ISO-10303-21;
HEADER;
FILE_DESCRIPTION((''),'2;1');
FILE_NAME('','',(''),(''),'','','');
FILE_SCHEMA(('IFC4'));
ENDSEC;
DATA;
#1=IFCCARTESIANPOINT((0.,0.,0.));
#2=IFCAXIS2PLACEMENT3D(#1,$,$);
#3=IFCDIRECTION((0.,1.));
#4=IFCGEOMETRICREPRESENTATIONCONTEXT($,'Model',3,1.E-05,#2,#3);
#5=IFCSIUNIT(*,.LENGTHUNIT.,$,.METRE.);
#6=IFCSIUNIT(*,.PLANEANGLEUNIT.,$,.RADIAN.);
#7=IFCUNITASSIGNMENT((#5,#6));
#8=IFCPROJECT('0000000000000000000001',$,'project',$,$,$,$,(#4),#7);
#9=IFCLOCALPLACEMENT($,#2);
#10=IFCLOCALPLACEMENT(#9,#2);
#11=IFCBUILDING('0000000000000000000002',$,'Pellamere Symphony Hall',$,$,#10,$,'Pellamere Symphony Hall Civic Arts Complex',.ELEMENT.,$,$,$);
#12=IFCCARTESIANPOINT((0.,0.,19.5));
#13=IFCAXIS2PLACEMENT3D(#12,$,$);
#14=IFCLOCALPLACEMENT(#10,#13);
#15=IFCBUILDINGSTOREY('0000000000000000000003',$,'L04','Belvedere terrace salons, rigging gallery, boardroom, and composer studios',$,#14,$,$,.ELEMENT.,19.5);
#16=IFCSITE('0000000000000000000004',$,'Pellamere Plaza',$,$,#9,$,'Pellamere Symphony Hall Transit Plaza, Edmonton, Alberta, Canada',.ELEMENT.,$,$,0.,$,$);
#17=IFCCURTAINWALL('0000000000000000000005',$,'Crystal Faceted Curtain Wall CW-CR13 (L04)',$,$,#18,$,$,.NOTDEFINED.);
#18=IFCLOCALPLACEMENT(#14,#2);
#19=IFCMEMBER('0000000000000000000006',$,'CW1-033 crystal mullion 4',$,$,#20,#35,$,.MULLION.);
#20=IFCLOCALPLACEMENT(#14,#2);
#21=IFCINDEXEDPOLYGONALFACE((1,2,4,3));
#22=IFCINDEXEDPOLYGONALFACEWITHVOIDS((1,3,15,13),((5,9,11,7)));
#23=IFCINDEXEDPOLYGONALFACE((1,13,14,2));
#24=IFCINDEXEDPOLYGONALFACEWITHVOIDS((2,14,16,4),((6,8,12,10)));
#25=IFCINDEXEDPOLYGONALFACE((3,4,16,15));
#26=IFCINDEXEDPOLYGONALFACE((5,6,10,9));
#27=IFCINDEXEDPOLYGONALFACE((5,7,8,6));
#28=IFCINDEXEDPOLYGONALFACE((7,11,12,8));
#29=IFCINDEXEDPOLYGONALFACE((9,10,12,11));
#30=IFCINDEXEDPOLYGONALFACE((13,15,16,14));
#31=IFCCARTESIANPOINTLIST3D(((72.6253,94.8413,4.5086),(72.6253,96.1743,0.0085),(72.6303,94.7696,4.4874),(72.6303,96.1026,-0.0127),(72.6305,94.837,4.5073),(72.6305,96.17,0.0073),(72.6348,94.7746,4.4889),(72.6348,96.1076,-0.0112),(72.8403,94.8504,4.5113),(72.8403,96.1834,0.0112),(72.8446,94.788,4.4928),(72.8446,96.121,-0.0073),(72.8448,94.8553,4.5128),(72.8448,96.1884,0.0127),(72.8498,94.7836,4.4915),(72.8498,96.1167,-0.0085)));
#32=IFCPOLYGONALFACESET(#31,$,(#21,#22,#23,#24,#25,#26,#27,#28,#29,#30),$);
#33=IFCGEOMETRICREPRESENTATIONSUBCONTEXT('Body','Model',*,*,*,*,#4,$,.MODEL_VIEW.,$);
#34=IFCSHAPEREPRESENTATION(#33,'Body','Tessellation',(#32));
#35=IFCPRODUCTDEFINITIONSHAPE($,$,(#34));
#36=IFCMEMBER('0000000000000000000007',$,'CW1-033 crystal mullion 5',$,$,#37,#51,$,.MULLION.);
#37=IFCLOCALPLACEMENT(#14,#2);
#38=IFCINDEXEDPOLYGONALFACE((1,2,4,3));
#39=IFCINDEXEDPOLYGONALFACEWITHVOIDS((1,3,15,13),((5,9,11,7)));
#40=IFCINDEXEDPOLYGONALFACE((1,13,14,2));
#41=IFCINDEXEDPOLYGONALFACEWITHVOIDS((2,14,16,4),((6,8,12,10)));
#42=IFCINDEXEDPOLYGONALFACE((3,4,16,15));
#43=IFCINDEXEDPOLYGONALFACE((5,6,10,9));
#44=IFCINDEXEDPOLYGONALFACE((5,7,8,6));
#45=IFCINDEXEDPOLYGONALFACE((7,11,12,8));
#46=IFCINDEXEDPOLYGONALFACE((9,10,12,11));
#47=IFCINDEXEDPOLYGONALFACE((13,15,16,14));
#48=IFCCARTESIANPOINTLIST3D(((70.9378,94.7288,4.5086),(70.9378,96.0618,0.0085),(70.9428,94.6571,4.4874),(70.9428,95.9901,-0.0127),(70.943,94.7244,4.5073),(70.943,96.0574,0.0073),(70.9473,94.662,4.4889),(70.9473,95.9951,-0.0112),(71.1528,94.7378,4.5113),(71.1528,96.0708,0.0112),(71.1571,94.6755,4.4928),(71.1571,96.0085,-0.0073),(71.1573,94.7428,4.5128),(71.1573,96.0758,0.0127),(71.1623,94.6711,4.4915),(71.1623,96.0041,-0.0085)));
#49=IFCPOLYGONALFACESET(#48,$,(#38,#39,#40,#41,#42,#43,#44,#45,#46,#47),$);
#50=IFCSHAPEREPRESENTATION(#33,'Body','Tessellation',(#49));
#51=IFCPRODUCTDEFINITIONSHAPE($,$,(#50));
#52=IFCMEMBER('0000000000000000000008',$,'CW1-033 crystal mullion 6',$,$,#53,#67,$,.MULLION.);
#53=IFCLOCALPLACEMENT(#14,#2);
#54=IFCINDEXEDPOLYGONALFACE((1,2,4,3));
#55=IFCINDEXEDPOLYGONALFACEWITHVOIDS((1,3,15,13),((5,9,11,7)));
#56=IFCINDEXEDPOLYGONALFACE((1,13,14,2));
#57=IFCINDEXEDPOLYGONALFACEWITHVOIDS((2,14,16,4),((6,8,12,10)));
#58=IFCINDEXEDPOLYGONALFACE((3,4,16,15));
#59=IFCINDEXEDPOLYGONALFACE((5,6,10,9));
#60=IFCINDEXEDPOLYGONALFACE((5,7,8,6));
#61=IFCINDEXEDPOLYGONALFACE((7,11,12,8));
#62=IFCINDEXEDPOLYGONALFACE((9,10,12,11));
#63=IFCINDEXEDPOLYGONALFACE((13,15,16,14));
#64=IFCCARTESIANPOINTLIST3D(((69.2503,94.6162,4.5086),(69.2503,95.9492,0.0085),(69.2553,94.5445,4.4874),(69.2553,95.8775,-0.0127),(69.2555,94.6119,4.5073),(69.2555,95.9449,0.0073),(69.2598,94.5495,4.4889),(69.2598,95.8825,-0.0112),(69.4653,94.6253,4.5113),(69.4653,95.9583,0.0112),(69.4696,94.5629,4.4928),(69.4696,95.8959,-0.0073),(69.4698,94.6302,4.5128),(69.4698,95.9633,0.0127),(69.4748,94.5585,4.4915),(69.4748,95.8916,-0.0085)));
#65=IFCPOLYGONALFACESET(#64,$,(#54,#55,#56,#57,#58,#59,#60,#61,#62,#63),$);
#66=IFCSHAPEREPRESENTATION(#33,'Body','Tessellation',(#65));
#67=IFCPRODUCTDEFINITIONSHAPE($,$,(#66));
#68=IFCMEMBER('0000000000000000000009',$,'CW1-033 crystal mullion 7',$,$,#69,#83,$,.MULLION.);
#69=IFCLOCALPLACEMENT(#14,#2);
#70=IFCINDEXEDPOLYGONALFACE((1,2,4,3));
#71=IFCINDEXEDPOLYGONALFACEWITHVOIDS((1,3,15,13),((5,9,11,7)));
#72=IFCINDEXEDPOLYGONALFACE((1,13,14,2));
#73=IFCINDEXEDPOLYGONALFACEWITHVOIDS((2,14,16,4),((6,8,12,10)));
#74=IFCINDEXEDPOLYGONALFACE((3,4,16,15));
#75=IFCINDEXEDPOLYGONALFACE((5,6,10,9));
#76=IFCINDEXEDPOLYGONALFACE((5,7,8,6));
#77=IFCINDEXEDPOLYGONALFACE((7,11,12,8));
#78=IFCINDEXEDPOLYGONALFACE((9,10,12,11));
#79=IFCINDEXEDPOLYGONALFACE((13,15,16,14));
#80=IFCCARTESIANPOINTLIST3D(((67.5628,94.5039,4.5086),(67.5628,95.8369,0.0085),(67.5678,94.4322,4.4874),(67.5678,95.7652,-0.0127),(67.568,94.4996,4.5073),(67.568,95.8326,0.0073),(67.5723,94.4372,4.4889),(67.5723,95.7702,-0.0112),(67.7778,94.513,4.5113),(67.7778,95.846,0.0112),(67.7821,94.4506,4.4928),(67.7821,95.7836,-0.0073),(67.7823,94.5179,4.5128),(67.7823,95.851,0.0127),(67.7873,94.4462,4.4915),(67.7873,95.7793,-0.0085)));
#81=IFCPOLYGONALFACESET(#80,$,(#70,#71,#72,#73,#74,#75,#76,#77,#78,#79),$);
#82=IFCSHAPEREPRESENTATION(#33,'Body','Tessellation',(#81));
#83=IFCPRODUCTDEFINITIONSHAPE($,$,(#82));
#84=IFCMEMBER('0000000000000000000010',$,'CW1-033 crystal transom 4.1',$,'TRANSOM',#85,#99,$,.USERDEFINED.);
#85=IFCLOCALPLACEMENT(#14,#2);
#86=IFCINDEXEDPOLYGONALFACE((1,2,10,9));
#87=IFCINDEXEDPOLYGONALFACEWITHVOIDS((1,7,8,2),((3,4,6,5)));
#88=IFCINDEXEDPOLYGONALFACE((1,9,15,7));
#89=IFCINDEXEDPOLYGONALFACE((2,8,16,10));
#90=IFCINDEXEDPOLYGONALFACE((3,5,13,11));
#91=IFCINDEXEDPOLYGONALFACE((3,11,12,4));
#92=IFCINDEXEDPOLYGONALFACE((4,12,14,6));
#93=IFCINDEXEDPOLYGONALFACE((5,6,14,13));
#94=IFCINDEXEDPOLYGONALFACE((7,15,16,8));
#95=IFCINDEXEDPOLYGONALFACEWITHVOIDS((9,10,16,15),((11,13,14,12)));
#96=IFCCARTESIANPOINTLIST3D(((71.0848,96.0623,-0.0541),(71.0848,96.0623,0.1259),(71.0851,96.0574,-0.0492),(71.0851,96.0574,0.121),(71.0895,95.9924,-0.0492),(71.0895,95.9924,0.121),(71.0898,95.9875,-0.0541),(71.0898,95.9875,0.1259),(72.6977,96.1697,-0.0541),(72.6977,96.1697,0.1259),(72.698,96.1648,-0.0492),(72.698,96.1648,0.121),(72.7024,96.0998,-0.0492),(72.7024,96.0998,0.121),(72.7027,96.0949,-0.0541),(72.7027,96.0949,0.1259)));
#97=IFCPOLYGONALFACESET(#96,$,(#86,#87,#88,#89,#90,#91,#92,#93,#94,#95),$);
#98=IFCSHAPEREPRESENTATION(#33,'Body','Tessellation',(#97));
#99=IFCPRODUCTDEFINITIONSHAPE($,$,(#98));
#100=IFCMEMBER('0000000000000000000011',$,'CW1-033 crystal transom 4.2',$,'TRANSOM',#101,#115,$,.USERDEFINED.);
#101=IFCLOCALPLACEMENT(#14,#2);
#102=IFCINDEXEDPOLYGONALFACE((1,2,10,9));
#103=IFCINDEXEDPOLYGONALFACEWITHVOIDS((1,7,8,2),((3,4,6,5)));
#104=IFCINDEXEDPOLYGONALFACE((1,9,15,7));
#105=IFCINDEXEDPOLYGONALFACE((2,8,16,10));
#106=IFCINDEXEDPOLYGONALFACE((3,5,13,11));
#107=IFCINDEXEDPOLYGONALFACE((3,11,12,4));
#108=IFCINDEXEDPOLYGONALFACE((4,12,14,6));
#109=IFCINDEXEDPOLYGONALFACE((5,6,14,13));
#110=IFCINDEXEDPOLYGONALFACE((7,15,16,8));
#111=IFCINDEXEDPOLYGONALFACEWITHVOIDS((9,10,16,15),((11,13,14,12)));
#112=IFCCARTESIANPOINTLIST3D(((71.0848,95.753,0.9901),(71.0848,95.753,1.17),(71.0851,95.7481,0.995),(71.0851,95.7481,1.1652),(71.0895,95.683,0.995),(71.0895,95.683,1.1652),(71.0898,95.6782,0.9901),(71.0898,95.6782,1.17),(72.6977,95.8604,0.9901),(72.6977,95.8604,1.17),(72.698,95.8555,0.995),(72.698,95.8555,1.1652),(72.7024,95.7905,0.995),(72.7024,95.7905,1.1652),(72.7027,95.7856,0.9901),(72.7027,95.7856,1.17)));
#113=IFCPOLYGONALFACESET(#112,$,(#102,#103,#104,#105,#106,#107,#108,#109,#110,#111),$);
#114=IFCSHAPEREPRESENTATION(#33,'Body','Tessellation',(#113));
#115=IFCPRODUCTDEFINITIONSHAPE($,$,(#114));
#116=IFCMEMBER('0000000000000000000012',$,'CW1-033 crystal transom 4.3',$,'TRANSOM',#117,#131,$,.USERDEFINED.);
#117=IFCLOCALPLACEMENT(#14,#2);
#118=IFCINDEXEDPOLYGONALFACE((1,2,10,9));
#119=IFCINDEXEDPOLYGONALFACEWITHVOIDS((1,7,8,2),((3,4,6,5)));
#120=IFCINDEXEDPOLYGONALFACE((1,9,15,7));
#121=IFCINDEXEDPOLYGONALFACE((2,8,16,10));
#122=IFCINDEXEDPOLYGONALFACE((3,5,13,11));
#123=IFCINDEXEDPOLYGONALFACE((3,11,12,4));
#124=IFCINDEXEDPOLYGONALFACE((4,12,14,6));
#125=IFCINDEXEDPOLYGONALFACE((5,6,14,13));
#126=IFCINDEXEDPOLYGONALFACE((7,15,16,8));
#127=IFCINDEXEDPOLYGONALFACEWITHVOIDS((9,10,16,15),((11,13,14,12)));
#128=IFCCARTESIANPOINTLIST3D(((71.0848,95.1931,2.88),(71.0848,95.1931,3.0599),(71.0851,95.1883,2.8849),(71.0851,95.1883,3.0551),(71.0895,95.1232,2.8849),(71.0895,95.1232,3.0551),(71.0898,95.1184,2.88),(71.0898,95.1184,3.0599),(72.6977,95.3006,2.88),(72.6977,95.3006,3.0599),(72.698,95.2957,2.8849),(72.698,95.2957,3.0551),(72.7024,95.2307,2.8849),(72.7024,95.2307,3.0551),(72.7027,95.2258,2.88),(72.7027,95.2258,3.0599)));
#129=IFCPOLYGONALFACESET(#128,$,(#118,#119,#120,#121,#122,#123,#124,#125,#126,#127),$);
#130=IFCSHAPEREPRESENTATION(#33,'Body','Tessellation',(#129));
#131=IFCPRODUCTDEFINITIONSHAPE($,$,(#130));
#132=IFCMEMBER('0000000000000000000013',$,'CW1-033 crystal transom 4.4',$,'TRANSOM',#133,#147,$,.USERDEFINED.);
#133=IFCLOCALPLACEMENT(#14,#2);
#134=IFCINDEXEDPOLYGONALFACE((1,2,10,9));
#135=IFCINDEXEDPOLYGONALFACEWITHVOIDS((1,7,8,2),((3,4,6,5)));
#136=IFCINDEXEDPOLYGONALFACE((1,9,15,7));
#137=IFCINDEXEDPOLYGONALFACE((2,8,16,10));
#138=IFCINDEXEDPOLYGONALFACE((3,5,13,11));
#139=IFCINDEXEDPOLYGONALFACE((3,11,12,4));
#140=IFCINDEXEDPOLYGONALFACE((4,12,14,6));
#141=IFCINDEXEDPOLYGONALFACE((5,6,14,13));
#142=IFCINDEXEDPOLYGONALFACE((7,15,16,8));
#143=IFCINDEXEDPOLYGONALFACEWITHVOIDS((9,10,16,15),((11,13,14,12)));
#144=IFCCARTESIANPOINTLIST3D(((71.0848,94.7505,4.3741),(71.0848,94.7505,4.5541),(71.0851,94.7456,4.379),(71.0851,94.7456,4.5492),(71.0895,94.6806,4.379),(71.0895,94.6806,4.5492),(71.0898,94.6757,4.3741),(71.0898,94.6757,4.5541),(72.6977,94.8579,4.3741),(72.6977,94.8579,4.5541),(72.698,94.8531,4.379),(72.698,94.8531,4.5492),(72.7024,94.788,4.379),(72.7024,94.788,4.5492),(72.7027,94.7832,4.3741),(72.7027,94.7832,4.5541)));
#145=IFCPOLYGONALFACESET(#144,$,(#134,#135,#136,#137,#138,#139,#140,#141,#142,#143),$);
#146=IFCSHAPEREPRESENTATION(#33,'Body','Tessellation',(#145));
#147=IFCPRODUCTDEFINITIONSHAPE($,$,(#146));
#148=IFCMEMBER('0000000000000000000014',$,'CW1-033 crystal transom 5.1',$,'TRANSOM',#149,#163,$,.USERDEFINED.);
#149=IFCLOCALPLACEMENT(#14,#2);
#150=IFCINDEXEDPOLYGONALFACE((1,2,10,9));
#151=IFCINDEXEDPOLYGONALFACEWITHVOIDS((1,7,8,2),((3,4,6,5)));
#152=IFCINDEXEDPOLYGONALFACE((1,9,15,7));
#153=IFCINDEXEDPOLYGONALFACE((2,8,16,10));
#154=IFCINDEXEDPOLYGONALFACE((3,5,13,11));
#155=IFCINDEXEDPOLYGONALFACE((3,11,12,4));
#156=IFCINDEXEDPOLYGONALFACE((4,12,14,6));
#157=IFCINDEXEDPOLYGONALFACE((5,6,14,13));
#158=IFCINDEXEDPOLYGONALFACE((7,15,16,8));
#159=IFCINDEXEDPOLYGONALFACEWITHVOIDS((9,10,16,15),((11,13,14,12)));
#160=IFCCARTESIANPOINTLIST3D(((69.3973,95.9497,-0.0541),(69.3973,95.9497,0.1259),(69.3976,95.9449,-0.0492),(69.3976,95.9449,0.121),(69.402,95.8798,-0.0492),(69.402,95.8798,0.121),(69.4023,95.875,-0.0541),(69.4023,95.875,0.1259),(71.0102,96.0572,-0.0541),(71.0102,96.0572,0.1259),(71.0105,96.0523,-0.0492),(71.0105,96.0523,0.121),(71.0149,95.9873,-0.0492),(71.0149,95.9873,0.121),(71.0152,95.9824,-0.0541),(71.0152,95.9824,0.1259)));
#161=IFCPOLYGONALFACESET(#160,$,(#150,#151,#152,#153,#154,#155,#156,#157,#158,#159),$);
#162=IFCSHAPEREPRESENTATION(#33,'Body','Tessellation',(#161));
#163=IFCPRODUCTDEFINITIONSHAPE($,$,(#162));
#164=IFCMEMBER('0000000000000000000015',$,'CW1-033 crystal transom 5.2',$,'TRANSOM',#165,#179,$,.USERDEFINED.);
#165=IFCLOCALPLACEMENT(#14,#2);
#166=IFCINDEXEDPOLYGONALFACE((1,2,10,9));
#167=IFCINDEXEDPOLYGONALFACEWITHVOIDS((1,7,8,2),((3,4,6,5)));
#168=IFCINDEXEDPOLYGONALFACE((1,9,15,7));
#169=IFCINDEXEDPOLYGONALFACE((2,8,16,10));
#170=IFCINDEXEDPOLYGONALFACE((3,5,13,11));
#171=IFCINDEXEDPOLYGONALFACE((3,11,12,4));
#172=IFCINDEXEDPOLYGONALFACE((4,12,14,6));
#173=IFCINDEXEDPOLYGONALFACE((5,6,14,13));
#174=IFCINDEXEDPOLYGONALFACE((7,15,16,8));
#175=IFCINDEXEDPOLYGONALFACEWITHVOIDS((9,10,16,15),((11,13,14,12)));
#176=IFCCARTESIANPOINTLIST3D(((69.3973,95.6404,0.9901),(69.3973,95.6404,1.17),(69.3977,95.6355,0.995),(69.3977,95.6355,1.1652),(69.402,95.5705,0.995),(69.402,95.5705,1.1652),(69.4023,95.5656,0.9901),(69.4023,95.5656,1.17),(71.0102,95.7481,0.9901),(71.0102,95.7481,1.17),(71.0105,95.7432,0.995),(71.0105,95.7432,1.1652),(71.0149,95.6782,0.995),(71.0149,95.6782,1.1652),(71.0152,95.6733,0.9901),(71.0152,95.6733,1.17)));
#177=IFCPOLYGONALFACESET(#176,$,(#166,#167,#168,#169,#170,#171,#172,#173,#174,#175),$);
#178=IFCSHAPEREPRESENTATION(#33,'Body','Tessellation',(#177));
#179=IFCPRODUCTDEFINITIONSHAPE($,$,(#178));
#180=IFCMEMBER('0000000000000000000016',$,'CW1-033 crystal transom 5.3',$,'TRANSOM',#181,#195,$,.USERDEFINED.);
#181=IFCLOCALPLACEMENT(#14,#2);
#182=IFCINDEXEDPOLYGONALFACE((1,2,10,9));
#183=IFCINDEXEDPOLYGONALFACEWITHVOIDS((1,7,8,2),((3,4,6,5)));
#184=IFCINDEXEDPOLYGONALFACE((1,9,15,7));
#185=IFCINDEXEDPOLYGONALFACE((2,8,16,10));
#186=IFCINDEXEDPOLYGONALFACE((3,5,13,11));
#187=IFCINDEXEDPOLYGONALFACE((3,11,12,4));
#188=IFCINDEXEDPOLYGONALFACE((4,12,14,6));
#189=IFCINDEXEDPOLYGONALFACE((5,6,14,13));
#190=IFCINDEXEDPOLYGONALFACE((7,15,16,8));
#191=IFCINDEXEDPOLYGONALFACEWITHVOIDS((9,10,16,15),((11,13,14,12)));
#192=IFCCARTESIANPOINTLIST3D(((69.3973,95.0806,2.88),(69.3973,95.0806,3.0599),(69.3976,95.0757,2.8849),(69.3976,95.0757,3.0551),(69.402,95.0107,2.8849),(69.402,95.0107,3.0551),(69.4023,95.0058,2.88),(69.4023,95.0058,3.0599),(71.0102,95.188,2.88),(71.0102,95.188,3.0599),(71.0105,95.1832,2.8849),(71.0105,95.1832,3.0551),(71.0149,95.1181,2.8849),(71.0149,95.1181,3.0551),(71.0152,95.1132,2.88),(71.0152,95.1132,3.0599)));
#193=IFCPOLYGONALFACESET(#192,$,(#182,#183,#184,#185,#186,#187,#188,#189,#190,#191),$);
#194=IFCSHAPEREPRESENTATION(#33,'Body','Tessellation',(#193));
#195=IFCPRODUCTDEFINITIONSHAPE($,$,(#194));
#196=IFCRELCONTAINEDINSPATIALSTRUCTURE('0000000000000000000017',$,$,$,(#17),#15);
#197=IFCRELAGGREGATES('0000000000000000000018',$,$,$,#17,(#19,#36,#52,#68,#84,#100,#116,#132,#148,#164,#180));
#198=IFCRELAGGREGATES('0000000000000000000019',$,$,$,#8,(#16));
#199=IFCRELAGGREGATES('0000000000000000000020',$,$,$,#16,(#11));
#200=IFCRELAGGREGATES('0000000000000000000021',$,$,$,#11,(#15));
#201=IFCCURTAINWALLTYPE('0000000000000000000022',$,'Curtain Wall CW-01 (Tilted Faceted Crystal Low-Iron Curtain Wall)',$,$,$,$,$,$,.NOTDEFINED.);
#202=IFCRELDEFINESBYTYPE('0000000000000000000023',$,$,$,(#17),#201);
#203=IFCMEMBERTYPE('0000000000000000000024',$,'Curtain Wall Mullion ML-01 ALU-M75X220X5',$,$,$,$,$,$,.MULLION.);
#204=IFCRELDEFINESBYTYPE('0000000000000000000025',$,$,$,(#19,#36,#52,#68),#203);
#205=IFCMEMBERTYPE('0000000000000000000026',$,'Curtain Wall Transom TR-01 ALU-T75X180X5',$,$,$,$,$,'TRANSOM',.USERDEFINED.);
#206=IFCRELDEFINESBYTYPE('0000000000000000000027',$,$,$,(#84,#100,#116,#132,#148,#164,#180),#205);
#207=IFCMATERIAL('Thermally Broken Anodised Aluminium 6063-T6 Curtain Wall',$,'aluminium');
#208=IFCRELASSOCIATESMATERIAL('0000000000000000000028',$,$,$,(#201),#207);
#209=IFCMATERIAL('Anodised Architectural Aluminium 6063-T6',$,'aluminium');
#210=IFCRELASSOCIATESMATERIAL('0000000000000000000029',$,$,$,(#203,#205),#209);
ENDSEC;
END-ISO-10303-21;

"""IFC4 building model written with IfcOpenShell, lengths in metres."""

from ifc_helpers import new_model, si_unit, direction, frame, origin, origin_2d, place, context, subcontext, project, spatial, hollow_rectangle, extrude, material, material_profile, profile_set, type_object, element, aggregate, save


model = new_model("IFC4")

# Units and contexts
model_context = context("Model", 3, precision=1e-05, world=origin(), true_north=direction((0.0, 1.0)))
body_context = subcontext(model_context, "Body", "Model", "MODEL_VIEW")
ifc_project = project(units=[si_unit("LENGTHUNIT", "METRE"), si_unit("PLANEANGLEUNIT", "RADIAN")], contexts=[model_context])

# Site, building, storey
site_placement = place(None, origin())
site = spatial("IfcSite", under=ifc_project, at=site_placement, Name="Pellamere Plaza", LongName="Pellamere Symphony Hall Transit Plaza, Edmonton, Alberta, Canada", CompositionType="ELEMENT", RefElevation=0.0)
building_placement = place(site_placement, origin())
building = spatial("IfcBuilding", under=site, at=building_placement, Name="Pellamere Symphony Hall", LongName="Pellamere Symphony Hall Civic Arts Complex", CompositionType="ELEMENT")
storey_placement = place(building_placement, frame((0.0, 0.0, 19.5)))
storey = spatial("IfcBuildingStorey", under=building, at=storey_placement, Name="L04", Description="Belvedere terrace salons, rigging gallery, boardroom, and composer studios", CompositionType="ELEMENT", Elevation=19.5)

# Curtain wall, members
ifc_material_1 = material(Name="Thermally Broken Anodised Aluminium 6063-T6 Curtain Wall", Category="aluminium")
curtain_wall_type = type_object("IfcCurtainWallType", Name="Curtain Wall CW-01 (Tilted Faceted Crystal Low-Iron Curtain Wall)", PredefinedType="NOTDEFINED", material=ifc_material_1)
curtain_wall_placement = place(storey_placement, origin())
curtain_wall = element("IfcCurtainWall", 1, at=curtain_wall_placement, inside=storey, type_object=curtain_wall_type, Name="Crystal Faceted Curtain Wall CW-CR13 (L04)", PredefinedType="NOTDEFINED")
ifc_material_2 = material(Name="Anodised Architectural Aluminium 6063-T6", Category="aluminium")
ifc_material_profile_1 = material_profile(ifc_material_2, hollow_rectangle(XDim=0.075, YDim=0.22, WallThickness=0.0049, at=origin_2d()), Name="ALU-M75X220X5")
ifc_profile_set_1 = profile_set([ifc_material_profile_1], Name="Anodised Architectural Aluminium 6063-T6")
member_type_1 = type_object("IfcMemberType", Name="Curtain Wall Mullion ML-01 ALU-M75X220X5", PredefinedType="MULLION", material=ifc_profile_set_1)
member_1_placement = place(storey_placement, frame((72.7375, 96.1455, 0.0), z_axis=(0.0, -0.284025, 0.958817), x_axis=(0.066519, -0.956693, -0.283395)))
member_1 = element("IfcMember", 2, at=member_1_placement, type_object=member_type_1, Name="CW1-033 crystal mullion 4", PredefinedType="MULLION", context=body_context, shape_type="SweptSolid", body=[
    extrude(hollow_rectangle(XDim=0.075, YDim=0.22, WallThickness=0.0049, at=origin_2d()), origin(), (0.0, 0.0, 1.0), 4.6934),
])
member_2_placement = place(storey_placement, frame((71.05, 96.033, 0.0), z_axis=(0.0, -0.284025, 0.958817), x_axis=(0.066519, -0.956693, -0.283395)))
member_2 = element("IfcMember", 3, at=member_2_placement, type_object=member_type_1, Name="CW1-033 crystal mullion 5", PredefinedType="MULLION", context=body_context, shape_type="SweptSolid", body=[
    extrude(hollow_rectangle(XDim=0.075, YDim=0.22, WallThickness=0.0049, at=origin_2d()), origin(), (0.0, 0.0, 1.0), 4.6934),
])
member_3_placement = place(storey_placement, frame((69.3625, 95.9204, 0.0), z_axis=(0.0, -0.284025, 0.958817), x_axis=(0.066519, -0.956693, -0.283395)))
member_3 = element("IfcMember", 4, at=member_3_placement, type_object=member_type_1, Name="CW1-033 crystal mullion 6", PredefinedType="MULLION", context=body_context, shape_type="SweptSolid", body=[
    extrude(hollow_rectangle(XDim=0.075, YDim=0.22, WallThickness=0.0049, at=origin_2d()), origin(), (0.0, 0.0, 1.0), 4.6934),
])
member_4_placement = place(storey_placement, frame((67.675, 95.8081, 0.0), z_axis=(0.0, -0.284025, 0.958817), x_axis=(0.066519, -0.956693, -0.283395)))
member_4 = element("IfcMember", 5, at=member_4_placement, type_object=member_type_1, Name="CW1-033 crystal mullion 7", PredefinedType="MULLION", context=body_context, shape_type="SweptSolid", body=[
    extrude(hollow_rectangle(XDim=0.075, YDim=0.22, WallThickness=0.0049, at=origin_2d()), origin(), (0.0, 0.0, 1.0), 4.6934),
])
ifc_material_profile_2 = material_profile(ifc_material_2, hollow_rectangle(XDim=0.075, YDim=0.1799, WallThickness=0.0049, at=origin_2d()), Name="ALU-T75X180X5")
ifc_profile_set_2 = profile_set([ifc_material_profile_2], Name="Anodised Architectural Aluminium 6063-T6")
member_type_2 = type_object("IfcMemberType", Name="Curtain Wall Transom TR-01 ALU-T75X180X5", ElementType="TRANSOM", PredefinedType="USERDEFINED", material=ifc_profile_set_2)
member_5_placement = place(storey_placement, frame((72.7002, 96.1323, 0.0359), z_axis=(-0.997789, -0.066459, 0.0), x_axis=(0.066459, -0.997789, 0.0)))
member_5 = element("IfcMember", 6, at=member_5_placement, type_object=member_type_2, Name="CW1-033 crystal transom 4.1", ObjectType="TRANSOM", PredefinedType="USERDEFINED", context=body_context, shape_type="SweptSolid", body=[
    extrude(hollow_rectangle(XDim=0.075, YDim=0.1799, WallThickness=0.0049, at=origin_2d()), origin(), (0.0, 0.0, 1.0), 1.6165),
])
member_6_placement = place(storey_placement, frame((72.7002, 95.823, 1.0801), z_axis=(-0.997789, -0.066459, 0.0), x_axis=(0.066459, -0.997789, 0.0)))
member_6 = element("IfcMember", 7, at=member_6_placement, type_object=member_type_2, Name="CW1-033 crystal transom 4.2", ObjectType="TRANSOM", PredefinedType="USERDEFINED", context=body_context, shape_type="SweptSolid", body=[
    extrude(hollow_rectangle(XDim=0.075, YDim=0.1799, WallThickness=0.0049, at=origin_2d()), origin(), (0.0, 0.0, 1.0), 1.6165),
])
member_7_placement = place(storey_placement, frame((72.7002, 95.2632, 2.97), z_axis=(-0.997789, -0.066459, 0.0), x_axis=(0.066459, -0.997789, 0.0)))
member_7 = element("IfcMember", 8, at=member_7_placement, type_object=member_type_2, Name="CW1-033 crystal transom 4.3", ObjectType="TRANSOM", PredefinedType="USERDEFINED", context=body_context, shape_type="SweptSolid", body=[
    extrude(hollow_rectangle(XDim=0.075, YDim=0.1799, WallThickness=0.0049, at=origin_2d()), origin(), (0.0, 0.0, 1.0), 1.6165),
])
member_8_placement = place(storey_placement, frame((72.7002, 94.8206, 4.4641), z_axis=(-0.997789, -0.066459, 0.0), x_axis=(0.066459, -0.997789, 0.0)))
member_8 = element("IfcMember", 9, at=member_8_placement, type_object=member_type_2, Name="CW1-033 crystal transom 4.4", ObjectType="TRANSOM", PredefinedType="USERDEFINED", context=body_context, shape_type="SweptSolid", body=[
    extrude(hollow_rectangle(XDim=0.075, YDim=0.1799, WallThickness=0.0049, at=origin_2d()), origin(), (0.0, 0.0, 1.0), 1.6165),
])
member_9_placement = place(storey_placement, frame((71.0127, 96.0198, 0.0359), z_axis=(-0.997789, -0.066459, 0.0), x_axis=(0.066459, -0.997789, 0.0)))
member_9 = element("IfcMember", 10, at=member_9_placement, type_object=member_type_2, Name="CW1-033 crystal transom 5.1", ObjectType="TRANSOM", PredefinedType="USERDEFINED", context=body_context, shape_type="SweptSolid", body=[
    extrude(hollow_rectangle(XDim=0.075, YDim=0.1799, WallThickness=0.0049, at=origin_2d()), origin(), (0.0, 0.0, 1.0), 1.6165),
])
member_10_placement = place(storey_placement, frame((71.0127, 95.7107, 1.0801), z_axis=(-0.997779, -0.066609, 0.0), x_axis=(0.066609, -0.997779, 0.0)))
member_10 = element("IfcMember", 11, at=member_10_placement, type_object=member_type_2, Name="CW1-033 crystal transom 5.2", ObjectType="TRANSOM", PredefinedType="USERDEFINED", context=body_context, shape_type="SweptSolid", body=[
    extrude(hollow_rectangle(XDim=0.075, YDim=0.1799, WallThickness=0.0049, at=origin_2d()), origin(), (0.0, 0.0, 1.0), 1.6165),
])
member_11_placement = place(storey_placement, frame((71.0127, 95.1506, 2.97), z_axis=(-0.997789, -0.066459, 0.0), x_axis=(0.066459, -0.997789, 0.0)))
member_11 = element("IfcMember", 12, at=member_11_placement, type_object=member_type_2, Name="CW1-033 crystal transom 5.3", ObjectType="TRANSOM", PredefinedType="USERDEFINED", context=body_context, shape_type="SweptSolid", body=[
    extrude(hollow_rectangle(XDim=0.075, YDim=0.1799, WallThickness=0.0049, at=origin_2d()), origin(), (0.0, 0.0, 1.0), 1.6165),
])

aggregate(curtain_wall, [member_1, member_2, member_3, member_4, member_5, member_6, member_7, member_8, member_9, member_10, member_11])

save(model, "model.ifc")
